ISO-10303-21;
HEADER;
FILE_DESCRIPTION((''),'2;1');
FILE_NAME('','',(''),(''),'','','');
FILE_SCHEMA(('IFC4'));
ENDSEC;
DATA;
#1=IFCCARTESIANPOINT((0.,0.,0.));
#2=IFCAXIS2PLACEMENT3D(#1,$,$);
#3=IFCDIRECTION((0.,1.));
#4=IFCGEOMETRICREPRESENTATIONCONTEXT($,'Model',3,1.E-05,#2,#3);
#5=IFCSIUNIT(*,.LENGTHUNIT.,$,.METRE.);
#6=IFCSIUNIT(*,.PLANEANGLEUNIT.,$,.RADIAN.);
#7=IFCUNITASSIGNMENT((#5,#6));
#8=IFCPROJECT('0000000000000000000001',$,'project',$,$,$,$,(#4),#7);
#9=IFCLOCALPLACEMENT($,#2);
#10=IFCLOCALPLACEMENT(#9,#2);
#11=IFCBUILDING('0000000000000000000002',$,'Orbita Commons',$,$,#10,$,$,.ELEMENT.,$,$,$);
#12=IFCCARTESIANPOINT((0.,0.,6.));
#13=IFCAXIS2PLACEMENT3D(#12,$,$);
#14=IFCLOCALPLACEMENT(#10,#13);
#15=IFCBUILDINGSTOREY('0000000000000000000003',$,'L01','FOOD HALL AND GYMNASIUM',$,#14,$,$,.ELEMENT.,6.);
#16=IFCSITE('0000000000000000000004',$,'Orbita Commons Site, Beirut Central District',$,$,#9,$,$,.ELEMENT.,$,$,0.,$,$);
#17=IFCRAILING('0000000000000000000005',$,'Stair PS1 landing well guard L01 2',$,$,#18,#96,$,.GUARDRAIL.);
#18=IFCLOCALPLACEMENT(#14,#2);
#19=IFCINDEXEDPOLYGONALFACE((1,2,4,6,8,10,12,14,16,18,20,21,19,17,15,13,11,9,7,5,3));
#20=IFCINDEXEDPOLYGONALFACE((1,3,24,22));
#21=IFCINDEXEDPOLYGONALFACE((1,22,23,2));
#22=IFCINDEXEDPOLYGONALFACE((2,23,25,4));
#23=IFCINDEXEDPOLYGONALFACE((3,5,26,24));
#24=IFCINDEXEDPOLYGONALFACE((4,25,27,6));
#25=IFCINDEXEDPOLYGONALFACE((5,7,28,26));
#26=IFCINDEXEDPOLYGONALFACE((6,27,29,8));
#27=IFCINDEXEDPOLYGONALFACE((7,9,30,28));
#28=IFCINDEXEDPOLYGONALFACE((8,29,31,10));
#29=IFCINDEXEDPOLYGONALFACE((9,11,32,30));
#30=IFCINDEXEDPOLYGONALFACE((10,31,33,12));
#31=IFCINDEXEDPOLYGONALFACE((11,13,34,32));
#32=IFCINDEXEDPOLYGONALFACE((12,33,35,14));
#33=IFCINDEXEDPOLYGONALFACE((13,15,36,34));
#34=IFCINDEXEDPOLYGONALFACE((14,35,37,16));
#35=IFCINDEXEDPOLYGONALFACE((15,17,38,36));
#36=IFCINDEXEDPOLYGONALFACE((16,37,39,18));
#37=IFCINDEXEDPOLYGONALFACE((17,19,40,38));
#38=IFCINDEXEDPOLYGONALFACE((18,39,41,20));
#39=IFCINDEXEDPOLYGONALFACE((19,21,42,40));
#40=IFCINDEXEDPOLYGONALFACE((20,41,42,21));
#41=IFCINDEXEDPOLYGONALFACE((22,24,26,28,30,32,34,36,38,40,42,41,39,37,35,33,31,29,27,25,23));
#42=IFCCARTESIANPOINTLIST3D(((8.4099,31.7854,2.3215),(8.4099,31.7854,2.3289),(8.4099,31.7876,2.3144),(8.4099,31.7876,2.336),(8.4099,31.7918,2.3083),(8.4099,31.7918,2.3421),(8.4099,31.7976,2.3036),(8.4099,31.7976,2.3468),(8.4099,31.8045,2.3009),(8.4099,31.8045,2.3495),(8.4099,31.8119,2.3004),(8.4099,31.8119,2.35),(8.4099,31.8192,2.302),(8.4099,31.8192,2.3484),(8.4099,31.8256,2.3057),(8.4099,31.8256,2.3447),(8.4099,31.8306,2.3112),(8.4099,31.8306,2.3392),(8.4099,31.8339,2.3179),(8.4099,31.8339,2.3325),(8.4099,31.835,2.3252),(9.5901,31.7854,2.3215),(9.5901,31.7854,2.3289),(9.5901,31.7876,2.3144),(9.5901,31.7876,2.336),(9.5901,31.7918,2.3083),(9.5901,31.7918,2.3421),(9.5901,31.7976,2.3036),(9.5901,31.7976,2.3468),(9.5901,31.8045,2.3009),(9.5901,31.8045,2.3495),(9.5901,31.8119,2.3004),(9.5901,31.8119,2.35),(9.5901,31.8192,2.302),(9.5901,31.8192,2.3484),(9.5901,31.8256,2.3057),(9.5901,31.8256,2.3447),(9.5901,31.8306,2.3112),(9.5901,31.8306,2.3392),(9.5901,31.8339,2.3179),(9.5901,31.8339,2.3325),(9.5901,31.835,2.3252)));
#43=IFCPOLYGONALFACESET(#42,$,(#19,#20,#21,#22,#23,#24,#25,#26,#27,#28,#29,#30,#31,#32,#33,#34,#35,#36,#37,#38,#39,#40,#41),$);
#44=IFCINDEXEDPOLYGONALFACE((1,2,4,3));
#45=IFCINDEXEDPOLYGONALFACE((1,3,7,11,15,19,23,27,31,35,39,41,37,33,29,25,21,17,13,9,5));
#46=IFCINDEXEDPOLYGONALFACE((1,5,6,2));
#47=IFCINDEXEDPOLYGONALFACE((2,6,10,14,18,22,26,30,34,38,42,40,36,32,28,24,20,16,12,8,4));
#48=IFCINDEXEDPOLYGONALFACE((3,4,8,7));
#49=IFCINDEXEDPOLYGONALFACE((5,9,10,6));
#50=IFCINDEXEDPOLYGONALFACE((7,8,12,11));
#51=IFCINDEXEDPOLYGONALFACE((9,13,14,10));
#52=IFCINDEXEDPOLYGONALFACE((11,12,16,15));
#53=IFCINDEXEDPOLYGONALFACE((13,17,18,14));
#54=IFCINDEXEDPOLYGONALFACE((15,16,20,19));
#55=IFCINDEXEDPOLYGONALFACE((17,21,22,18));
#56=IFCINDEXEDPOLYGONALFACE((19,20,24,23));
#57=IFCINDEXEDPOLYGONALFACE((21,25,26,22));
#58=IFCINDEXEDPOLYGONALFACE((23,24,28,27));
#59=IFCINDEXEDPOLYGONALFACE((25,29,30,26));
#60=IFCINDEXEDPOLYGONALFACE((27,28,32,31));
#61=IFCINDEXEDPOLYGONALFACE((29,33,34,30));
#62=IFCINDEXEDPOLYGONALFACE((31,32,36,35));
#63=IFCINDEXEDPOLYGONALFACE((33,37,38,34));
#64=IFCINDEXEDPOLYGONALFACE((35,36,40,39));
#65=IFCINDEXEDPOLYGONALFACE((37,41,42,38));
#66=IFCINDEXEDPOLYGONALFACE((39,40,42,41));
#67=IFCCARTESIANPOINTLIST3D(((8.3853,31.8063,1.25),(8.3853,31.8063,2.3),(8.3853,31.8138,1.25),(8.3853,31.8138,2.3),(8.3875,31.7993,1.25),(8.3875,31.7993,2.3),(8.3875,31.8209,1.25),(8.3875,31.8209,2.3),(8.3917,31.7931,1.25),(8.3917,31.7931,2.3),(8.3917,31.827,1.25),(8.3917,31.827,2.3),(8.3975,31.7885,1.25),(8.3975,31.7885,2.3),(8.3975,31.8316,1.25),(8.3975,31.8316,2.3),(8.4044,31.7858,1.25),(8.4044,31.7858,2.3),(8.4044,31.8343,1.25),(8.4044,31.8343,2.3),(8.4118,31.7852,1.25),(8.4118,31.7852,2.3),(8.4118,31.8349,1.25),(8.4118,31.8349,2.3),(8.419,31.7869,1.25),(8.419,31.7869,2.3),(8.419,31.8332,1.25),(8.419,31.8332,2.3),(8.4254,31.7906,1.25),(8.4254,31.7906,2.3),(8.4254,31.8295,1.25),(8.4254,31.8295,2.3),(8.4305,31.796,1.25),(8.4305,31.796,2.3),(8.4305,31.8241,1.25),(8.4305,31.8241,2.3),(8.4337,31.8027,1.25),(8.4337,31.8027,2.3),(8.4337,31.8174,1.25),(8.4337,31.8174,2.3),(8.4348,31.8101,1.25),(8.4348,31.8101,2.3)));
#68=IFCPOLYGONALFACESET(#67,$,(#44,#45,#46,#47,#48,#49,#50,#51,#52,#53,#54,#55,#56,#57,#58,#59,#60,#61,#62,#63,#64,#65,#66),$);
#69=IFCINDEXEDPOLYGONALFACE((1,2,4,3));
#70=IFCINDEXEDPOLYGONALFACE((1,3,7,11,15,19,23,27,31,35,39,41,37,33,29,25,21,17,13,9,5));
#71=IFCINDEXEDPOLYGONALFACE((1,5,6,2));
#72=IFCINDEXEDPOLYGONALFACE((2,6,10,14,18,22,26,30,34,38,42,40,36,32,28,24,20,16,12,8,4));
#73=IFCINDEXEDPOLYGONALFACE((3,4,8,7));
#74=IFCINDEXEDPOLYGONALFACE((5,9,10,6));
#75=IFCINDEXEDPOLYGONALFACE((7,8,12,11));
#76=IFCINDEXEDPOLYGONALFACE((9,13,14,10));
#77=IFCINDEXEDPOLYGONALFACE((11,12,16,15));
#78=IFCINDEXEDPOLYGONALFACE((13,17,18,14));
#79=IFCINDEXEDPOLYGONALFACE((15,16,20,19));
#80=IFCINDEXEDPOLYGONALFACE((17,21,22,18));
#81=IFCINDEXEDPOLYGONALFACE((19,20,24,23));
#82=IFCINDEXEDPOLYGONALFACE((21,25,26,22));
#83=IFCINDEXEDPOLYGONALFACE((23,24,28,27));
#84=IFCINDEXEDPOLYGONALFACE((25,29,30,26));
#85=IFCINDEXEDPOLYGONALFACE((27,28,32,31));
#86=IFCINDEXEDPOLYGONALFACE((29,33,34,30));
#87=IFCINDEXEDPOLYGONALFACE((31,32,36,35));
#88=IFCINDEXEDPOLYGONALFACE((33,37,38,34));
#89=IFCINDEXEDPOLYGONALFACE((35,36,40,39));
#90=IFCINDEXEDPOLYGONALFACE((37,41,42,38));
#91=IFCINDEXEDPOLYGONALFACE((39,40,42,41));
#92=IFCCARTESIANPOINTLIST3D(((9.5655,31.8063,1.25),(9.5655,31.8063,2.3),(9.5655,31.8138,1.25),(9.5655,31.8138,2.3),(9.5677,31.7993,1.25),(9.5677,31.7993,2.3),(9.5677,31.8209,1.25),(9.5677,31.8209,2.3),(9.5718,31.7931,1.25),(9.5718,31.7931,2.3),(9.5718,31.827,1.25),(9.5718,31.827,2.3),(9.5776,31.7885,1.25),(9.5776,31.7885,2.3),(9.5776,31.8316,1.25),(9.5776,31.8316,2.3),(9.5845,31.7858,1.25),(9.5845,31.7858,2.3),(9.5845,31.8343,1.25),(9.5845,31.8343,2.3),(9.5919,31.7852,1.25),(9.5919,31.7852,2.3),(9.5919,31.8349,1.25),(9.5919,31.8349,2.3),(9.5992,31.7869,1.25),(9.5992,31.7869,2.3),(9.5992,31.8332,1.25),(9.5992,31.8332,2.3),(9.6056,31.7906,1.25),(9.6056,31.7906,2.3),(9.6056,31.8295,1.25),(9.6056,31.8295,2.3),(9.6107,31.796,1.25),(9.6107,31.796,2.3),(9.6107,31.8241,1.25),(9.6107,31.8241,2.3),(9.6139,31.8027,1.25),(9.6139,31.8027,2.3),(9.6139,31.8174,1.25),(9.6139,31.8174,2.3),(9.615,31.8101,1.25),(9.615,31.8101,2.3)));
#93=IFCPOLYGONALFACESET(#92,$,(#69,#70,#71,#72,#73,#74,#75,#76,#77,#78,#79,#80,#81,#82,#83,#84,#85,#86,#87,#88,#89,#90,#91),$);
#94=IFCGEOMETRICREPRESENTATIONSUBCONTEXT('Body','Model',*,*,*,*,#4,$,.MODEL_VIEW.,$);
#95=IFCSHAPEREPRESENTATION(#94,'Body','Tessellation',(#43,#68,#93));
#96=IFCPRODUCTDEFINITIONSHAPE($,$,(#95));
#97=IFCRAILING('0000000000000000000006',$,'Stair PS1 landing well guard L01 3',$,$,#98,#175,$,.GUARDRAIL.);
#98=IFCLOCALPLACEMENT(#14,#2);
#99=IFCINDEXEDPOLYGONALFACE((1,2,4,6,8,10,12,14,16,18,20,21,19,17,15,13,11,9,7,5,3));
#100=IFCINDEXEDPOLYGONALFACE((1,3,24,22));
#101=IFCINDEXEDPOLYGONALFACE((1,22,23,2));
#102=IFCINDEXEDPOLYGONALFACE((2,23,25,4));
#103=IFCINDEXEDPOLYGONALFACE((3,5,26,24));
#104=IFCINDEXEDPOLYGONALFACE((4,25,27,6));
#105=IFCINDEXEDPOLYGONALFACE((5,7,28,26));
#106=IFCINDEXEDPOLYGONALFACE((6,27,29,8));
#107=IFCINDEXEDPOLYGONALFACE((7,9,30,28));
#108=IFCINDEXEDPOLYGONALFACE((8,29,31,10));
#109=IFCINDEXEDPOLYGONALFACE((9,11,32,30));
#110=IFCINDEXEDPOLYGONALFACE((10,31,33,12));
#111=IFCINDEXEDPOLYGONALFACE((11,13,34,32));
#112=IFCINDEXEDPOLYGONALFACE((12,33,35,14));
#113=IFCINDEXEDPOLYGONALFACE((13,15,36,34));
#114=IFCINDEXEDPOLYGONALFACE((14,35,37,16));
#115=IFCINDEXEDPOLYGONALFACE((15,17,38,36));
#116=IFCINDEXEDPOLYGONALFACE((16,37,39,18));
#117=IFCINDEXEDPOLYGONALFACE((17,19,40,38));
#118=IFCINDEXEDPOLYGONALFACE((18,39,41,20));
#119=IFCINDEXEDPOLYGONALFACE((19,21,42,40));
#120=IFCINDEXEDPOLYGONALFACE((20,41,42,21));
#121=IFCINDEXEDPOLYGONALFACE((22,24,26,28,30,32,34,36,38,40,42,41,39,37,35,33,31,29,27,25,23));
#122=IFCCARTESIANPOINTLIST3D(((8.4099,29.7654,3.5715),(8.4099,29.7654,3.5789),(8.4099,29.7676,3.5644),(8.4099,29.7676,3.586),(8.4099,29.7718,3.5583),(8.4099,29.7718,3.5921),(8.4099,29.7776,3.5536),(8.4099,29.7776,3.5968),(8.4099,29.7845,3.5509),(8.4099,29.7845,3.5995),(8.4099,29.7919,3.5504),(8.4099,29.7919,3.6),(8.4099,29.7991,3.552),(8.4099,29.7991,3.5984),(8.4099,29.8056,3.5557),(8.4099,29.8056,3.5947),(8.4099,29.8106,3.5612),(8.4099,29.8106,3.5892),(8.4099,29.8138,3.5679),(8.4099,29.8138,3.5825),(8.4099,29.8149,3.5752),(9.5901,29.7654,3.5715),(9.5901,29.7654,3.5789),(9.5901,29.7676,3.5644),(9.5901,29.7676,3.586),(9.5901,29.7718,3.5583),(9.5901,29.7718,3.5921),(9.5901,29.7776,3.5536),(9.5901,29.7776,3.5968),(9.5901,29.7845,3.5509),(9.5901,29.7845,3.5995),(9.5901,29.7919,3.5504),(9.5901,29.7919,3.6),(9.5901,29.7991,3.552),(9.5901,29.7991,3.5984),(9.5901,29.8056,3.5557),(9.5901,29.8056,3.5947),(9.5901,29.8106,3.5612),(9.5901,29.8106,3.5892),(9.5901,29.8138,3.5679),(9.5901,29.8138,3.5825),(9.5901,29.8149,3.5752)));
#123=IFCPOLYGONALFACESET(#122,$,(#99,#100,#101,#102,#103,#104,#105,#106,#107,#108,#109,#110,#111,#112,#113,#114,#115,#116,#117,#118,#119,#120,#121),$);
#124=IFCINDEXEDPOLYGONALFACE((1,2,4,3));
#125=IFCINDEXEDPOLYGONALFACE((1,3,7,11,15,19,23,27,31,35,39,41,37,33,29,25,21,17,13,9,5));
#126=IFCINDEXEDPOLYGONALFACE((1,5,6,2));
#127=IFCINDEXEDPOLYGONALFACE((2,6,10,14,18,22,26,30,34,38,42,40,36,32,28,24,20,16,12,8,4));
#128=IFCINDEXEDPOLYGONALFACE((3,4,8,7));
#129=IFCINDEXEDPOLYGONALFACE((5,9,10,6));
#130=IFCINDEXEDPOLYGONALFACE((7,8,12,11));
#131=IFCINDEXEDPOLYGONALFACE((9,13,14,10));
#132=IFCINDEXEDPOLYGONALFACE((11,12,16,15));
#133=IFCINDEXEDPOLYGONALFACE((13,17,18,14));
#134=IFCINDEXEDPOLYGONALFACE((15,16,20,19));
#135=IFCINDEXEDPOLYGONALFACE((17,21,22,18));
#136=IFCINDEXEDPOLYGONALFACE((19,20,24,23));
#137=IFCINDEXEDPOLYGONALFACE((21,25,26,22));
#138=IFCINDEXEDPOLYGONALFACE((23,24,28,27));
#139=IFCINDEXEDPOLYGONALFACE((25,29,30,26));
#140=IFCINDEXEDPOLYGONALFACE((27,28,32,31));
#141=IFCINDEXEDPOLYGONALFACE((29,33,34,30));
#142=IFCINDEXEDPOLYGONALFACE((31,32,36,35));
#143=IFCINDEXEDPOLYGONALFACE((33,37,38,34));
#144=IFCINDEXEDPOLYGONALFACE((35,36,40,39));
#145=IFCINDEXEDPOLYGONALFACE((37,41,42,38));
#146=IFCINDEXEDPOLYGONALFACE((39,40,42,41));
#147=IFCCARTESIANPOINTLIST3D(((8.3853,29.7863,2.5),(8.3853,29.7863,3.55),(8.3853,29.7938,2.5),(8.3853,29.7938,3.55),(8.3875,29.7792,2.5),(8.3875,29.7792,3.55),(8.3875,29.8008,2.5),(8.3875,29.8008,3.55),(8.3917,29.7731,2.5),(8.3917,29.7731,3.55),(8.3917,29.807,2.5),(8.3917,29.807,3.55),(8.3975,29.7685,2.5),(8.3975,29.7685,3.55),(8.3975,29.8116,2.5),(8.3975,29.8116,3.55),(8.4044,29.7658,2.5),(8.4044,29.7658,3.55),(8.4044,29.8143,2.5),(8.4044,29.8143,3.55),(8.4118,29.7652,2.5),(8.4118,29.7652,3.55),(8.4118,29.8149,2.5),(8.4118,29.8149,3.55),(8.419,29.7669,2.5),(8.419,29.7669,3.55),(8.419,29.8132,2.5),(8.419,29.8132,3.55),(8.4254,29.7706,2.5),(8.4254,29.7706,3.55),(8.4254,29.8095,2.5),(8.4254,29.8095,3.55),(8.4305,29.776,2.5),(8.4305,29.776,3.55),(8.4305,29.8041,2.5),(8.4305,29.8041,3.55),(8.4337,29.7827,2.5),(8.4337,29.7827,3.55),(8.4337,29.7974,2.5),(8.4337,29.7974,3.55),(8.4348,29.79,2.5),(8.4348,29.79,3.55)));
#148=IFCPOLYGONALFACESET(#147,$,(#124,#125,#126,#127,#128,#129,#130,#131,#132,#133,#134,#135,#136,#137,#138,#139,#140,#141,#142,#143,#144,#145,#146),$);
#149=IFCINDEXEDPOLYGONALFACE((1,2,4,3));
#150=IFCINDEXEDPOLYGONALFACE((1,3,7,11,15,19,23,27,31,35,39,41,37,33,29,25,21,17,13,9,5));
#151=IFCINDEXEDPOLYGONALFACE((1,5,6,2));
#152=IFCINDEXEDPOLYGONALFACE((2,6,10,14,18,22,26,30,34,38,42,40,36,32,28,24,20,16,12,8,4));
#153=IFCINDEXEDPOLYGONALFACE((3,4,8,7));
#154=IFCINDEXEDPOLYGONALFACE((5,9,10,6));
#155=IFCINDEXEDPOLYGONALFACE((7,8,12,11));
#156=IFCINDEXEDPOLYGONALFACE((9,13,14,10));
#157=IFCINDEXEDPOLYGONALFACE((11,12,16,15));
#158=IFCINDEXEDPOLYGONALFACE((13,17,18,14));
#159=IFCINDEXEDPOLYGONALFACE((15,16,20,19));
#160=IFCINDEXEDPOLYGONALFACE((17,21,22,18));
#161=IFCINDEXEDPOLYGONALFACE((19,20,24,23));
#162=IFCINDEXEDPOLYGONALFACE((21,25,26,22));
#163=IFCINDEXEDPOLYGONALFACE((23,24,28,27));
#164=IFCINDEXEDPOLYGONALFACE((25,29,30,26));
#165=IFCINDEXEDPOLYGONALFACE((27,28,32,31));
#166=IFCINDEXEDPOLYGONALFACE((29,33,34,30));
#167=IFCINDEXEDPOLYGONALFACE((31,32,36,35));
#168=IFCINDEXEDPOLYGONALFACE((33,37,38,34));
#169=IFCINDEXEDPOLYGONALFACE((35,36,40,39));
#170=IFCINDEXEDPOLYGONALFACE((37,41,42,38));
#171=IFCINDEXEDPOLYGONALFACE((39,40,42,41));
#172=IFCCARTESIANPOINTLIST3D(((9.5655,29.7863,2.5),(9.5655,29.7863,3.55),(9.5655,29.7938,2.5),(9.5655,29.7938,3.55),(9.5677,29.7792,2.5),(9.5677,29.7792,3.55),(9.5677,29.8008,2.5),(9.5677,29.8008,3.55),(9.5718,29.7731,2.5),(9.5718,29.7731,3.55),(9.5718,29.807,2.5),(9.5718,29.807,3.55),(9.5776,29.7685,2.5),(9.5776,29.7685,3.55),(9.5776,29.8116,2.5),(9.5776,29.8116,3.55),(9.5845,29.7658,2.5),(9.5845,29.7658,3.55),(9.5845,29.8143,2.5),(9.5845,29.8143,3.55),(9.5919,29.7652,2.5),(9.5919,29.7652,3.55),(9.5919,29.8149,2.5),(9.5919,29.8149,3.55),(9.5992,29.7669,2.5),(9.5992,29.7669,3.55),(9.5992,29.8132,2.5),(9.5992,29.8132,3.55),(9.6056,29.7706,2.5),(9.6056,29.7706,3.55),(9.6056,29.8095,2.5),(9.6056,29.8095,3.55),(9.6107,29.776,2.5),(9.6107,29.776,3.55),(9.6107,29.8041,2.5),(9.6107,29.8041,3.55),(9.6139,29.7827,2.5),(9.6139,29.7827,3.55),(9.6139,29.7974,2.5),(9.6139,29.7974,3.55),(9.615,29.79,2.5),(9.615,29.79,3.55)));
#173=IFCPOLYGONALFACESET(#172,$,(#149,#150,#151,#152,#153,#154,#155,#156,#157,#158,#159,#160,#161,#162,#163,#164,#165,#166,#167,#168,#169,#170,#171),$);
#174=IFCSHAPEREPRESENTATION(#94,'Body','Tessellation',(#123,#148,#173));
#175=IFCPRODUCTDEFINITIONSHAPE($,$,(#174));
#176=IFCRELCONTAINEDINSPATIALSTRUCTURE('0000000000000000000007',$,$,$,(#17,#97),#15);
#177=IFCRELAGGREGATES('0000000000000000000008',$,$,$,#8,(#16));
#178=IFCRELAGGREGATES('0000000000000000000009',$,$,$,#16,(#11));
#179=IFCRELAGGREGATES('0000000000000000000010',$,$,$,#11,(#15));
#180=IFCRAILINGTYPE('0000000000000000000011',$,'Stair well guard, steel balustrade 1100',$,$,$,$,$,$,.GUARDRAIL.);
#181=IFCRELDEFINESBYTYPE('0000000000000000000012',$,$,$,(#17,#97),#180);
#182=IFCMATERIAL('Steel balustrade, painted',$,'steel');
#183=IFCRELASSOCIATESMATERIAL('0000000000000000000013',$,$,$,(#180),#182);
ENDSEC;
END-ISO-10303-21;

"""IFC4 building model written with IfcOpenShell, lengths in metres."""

from ifc_helpers import new_model, si_unit, direction, frame, origin, origin_2d, place, context, subcontext, project, spatial, circle, extrude, material, type_object, element, save


model = new_model("IFC4")

# Units and contexts
model_context = context("Model", 3, precision=1e-05, world=origin(), true_north=direction((0.0, 1.0)))
body_context = subcontext(model_context, "Body", "Model", "MODEL_VIEW")
ifc_project = project(units=[si_unit("LENGTHUNIT", "METRE"), si_unit("PLANEANGLEUNIT", "RADIAN")], contexts=[model_context])

# Site, building, storey
site_placement = place(None, origin())
site = spatial("IfcSite", under=ifc_project, at=site_placement, Name="Orbita Commons Site, Beirut Central District", CompositionType="ELEMENT", RefElevation=0.0)
building_placement = place(site_placement, origin())
building = spatial("IfcBuilding", under=site, at=building_placement, Name="Orbita Commons", CompositionType="ELEMENT")
storey_placement = place(building_placement, frame((0.0, 0.0, 6.0)))
storey = spatial("IfcBuildingStorey", under=building, at=storey_placement, Name="L01", Description="FOOD HALL AND GYMNASIUM", CompositionType="ELEMENT", Elevation=6.0)

# Railings
ifc_material_1 = material(Name="Steel balustrade, painted", Category="steel")
railing_type_1 = type_object("IfcRailingType", Name="Stair well guard, steel balustrade 1100", PredefinedType="GUARDRAIL", material=ifc_material_1)
for number, where, name in (
    (1, (8.4099, 31.8101, 1.25), "Stair PS1 landing well guard L01 2"),
    (2, (8.4099, 29.79, 2.5), "Stair PS1 landing well guard L01 3"),
):
    element("IfcRailing", number, at=place(storey_placement, frame(where)), inside=storey, type_object=railing_type_1, Name=name, PredefinedType="GUARDRAIL", context=body_context, shape_type="SweptSolid", body=[
        extrude(circle(Radius=0.0249, at=origin_2d()), frame((0.0, 0.0, 1.0752), z_axis=(1.0, 0.0, 0.0), x_axis=(0.0, 1.0, 0.0)), (0.0, 0.0, 1.0), 1.1802),
        extrude(circle(Radius=0.0249, at=origin_2d()), origin(), (0.0, 0.0, 1.0), 1.05),
        extrude(circle(Radius=0.0249, at=origin_2d()), frame((1.1802, 0.0, 0.0)), (0.0, 0.0, 1.0), 1.05),
    ])

save(model, "model.ifc")
